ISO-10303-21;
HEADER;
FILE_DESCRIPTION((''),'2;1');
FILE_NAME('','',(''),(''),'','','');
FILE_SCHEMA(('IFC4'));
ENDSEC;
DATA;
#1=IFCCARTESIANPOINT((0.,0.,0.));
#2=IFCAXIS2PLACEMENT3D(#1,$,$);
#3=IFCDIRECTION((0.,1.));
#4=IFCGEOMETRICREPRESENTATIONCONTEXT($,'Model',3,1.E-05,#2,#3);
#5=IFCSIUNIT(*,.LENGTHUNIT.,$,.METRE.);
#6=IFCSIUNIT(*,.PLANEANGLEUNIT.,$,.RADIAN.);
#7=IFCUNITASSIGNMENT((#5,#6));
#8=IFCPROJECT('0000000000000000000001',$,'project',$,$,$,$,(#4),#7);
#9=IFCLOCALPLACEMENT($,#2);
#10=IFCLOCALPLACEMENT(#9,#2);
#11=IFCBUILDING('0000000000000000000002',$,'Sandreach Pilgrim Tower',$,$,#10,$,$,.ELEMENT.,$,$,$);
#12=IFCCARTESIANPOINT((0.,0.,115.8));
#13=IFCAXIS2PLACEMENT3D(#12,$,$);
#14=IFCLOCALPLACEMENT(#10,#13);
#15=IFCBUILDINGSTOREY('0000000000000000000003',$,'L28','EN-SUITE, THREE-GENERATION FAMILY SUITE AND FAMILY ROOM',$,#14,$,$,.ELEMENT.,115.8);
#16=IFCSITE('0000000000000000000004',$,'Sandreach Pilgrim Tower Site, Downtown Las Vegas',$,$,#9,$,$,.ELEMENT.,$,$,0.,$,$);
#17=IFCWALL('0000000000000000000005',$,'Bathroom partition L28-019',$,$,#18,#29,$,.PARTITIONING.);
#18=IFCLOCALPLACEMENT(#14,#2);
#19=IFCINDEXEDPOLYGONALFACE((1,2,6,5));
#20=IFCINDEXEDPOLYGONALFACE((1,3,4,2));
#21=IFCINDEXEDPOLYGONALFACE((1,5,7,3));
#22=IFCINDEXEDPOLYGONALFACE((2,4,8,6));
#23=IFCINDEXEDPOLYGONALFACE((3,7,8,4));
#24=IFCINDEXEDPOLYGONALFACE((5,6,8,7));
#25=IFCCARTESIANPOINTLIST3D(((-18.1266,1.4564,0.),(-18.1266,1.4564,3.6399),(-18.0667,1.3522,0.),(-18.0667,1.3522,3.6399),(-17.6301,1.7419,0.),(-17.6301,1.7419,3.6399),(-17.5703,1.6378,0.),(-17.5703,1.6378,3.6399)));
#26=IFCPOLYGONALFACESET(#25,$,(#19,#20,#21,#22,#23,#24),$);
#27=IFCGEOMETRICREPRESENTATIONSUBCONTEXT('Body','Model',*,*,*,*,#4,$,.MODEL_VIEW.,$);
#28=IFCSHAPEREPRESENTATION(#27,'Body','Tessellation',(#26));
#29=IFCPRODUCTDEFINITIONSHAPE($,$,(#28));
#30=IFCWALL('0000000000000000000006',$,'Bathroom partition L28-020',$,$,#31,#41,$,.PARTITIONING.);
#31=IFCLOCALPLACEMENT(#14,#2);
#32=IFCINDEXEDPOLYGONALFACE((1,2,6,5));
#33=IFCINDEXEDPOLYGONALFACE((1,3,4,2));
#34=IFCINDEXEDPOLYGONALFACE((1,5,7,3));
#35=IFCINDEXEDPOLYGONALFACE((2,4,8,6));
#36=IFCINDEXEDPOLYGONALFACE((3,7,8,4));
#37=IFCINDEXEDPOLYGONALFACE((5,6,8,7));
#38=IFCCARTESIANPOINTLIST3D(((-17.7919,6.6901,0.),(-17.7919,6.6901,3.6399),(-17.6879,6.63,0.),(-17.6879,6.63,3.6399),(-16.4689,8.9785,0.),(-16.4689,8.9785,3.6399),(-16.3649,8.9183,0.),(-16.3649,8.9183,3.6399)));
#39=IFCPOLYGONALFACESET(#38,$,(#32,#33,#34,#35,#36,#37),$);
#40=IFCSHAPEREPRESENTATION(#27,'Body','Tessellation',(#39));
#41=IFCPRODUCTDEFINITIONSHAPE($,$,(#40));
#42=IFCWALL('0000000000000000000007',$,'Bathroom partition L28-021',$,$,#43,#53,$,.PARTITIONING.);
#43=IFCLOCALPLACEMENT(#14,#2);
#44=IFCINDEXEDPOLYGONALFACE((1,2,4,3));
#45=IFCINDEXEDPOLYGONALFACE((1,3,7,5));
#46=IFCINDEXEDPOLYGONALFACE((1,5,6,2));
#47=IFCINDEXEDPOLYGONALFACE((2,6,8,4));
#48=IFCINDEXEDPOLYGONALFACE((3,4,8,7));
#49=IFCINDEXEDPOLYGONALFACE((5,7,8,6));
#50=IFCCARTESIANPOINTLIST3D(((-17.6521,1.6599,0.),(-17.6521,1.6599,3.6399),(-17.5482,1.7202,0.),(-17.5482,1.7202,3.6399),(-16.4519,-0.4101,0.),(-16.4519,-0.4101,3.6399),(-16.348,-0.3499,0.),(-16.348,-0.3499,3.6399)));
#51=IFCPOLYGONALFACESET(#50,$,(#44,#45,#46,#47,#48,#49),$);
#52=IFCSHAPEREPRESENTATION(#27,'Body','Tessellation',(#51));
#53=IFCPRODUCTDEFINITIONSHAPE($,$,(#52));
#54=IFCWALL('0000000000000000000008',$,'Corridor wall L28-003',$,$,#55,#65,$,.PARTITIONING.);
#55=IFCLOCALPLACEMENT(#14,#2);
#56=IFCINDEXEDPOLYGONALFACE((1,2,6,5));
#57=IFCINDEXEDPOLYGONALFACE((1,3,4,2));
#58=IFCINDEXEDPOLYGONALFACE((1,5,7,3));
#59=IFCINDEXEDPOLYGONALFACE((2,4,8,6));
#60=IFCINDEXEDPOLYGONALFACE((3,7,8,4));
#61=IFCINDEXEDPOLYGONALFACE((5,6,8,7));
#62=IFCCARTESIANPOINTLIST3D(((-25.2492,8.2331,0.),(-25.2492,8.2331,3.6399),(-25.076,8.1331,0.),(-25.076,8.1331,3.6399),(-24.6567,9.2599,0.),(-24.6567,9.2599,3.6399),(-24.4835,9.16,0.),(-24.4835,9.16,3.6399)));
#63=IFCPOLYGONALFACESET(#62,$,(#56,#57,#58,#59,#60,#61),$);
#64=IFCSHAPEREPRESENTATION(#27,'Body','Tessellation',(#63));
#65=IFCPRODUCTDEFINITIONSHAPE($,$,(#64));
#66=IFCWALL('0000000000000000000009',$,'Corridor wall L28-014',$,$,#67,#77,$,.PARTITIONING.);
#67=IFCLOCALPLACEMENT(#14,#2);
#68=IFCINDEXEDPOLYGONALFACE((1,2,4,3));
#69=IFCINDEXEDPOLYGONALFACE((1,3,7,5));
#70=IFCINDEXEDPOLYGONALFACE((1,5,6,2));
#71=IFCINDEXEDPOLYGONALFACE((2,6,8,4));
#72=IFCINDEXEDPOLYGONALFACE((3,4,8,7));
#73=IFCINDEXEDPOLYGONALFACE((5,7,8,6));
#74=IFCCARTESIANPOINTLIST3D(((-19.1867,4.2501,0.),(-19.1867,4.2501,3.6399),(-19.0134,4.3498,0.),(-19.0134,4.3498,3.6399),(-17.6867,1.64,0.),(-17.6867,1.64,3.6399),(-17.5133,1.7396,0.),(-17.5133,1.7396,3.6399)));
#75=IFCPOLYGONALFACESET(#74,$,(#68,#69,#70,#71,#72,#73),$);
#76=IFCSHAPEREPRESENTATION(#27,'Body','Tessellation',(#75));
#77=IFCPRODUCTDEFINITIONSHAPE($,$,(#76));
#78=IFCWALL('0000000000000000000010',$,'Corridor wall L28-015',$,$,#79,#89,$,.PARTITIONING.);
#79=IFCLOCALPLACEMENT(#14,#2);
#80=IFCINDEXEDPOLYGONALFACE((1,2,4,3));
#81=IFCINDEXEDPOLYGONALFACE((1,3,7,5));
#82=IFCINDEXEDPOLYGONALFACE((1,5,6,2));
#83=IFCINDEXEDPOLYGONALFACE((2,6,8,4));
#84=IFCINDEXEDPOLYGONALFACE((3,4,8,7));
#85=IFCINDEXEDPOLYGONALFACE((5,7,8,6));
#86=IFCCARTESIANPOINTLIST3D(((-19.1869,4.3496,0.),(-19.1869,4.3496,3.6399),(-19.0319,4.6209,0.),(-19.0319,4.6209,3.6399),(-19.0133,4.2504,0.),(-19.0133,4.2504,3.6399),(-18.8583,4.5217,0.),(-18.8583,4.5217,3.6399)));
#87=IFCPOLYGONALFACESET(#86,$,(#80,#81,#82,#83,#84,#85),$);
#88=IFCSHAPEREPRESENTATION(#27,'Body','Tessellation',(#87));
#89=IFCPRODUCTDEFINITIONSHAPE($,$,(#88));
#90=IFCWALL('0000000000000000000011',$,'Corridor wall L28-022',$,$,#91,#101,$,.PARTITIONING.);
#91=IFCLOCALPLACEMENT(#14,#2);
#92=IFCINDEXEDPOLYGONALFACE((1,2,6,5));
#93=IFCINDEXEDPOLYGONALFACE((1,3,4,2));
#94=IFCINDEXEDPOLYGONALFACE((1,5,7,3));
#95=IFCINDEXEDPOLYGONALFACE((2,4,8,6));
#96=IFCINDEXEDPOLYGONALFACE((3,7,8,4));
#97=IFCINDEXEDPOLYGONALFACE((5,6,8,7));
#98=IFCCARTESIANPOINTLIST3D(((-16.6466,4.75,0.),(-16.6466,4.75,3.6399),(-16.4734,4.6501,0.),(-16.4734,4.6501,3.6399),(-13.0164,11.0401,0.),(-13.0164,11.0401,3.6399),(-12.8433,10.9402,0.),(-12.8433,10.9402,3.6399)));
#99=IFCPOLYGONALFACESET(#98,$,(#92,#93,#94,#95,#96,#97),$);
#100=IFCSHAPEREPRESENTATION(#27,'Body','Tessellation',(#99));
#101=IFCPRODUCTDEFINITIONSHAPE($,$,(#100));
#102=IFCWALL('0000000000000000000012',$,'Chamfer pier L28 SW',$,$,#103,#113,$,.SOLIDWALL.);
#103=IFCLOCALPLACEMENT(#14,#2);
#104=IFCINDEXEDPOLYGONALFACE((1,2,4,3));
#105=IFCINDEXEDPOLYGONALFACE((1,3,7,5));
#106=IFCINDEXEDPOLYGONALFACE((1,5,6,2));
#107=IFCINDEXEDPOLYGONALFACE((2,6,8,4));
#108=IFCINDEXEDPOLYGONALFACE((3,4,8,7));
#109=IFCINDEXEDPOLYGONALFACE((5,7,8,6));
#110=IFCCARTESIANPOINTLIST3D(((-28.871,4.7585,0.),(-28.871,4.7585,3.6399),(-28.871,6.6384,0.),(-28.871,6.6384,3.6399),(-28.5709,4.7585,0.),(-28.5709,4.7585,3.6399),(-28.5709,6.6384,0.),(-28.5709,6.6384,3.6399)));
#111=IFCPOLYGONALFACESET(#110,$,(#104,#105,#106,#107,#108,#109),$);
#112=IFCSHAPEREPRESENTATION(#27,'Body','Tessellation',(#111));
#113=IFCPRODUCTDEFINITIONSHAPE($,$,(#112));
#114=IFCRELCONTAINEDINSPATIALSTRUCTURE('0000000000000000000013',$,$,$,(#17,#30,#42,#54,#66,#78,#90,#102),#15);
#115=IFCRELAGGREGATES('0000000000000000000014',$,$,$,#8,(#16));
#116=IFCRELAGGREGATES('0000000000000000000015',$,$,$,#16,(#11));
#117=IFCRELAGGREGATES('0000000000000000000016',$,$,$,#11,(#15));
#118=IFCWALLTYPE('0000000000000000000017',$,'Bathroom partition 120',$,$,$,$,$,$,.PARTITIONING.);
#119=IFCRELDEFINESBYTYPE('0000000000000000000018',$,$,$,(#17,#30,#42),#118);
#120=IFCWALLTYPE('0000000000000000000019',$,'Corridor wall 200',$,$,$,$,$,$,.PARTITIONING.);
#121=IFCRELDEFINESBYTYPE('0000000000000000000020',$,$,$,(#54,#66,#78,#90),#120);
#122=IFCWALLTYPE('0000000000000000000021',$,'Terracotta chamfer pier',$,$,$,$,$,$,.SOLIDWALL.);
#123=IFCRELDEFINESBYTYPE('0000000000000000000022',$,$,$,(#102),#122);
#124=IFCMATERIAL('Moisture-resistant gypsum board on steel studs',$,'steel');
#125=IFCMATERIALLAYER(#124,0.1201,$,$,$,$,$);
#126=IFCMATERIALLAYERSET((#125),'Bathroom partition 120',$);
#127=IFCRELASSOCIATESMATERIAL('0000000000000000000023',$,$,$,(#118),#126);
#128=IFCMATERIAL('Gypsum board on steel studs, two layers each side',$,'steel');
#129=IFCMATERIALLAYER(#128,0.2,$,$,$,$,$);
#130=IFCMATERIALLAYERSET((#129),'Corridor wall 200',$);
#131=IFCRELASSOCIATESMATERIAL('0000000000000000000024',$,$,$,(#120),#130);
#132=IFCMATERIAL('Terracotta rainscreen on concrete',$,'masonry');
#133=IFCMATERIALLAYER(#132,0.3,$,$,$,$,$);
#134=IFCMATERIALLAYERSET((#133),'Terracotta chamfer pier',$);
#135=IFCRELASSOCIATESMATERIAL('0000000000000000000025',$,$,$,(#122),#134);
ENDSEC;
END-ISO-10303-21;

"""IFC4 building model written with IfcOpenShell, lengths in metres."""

from ifc_helpers import new_model, si_unit, direction, frame, frame_2d, origin, place, context, subcontext, project, spatial, rectangle, extrude, material, layer, layer_set, type_object, element, save


model = new_model("IFC4")

# Units and contexts
model_context = context("Model", 3, precision=1e-05, world=origin(), true_north=direction((0.0, 1.0)))
body_context = subcontext(model_context, "Body", "Model", "MODEL_VIEW")
ifc_project = project(units=[si_unit("LENGTHUNIT", "METRE"), si_unit("PLANEANGLEUNIT", "RADIAN")], contexts=[model_context])

# Site, building, storey
site_placement = place(None, origin())
site = spatial("IfcSite", under=ifc_project, at=site_placement, Name="Sandreach Pilgrim Tower Site, Downtown Las Vegas", CompositionType="ELEMENT", RefElevation=0.0)
building_placement = place(site_placement, origin())
building = spatial("IfcBuilding", under=site, at=building_placement, Name="Sandreach Pilgrim Tower", CompositionType="ELEMENT")
storey_placement = place(building_placement, frame((0.0, 0.0, 115.8)))
storey = spatial("IfcBuildingStorey", under=building, at=storey_placement, Name="L28", Description="EN-SUITE, THREE-GENERATION FAMILY SUITE AND FAMILY ROOM", CompositionType="ELEMENT", Elevation=115.8)

# Shared definitions
ifc_material_1 = material(Name="Moisture-resistant gypsum board on steel studs", Category="steel")
ifc_layer_1 = layer(ifc_material_1, 0.1201)
ifc_layer_set_1 = layer_set([ifc_layer_1], Name="Bathroom partition 120")
wall_type_1 = type_object("IfcWallType", Name="Bathroom partition 120", PredefinedType="PARTITIONING", material=ifc_layer_set_1)

# Walls
wall_1_placement = place(storey_placement, frame((-18.0967, 1.4043, 0.0), z_axis=(0.0, 0.0, 1.0), x_axis=(0.866823, 0.498615, 0.0)))
element("IfcWall", 1, at=wall_1_placement, inside=storey, type_object=wall_type_1, Name="Bathroom partition L28-019", PredefinedType="PARTITIONING", context=body_context, shape_type="SweptSolid", body=[
    extrude(rectangle(XDim=0.5728, YDim=0.1201, at=frame_2d((0.2864, 0.0))), origin(), (0.0, 0.0, 1.0), 3.6399),
])
wall_2_placement = place(storey_placement, frame((-17.74, 6.6599, 0.0), z_axis=(0.0, 0.0, 1.0), x_axis=(0.500519, 0.865725, 0.0)))
element("IfcWall", 2, at=wall_2_placement, inside=storey, type_object=wall_type_1, Name="Bathroom partition L28-020", PredefinedType="PARTITIONING", context=body_context, shape_type="SweptSolid", body=[
    extrude(rectangle(XDim=2.6433, YDim=0.1201, at=frame_2d((1.3218, 0.0))), origin(), (0.0, 0.0, 1.0), 3.6399),
])
wall_3_placement = place(storey_placement, frame((-17.6001, 1.6899, 0.0), z_axis=(0.0, 0.0, 1.0), x_axis=(0.501579, -0.865112, 0.0)))
element("IfcWall", 3, at=wall_3_placement, inside=storey, type_object=wall_type_1, Name="Bathroom partition L28-021", PredefinedType="PARTITIONING", context=body_context, shape_type="SweptSolid", body=[
    extrude(rectangle(XDim=2.3928, YDim=0.1201, at=frame_2d((1.1963, 0.0))), origin(), (0.0, 0.0, 1.0), 3.6399),
])

# Shared definitions
ifc_material_2 = material(Name="Gypsum board on steel studs, two layers each side", Category="steel")
ifc_layer_2 = layer(ifc_material_2, 0.2)
ifc_layer_set_2 = layer_set([ifc_layer_2], Name="Corridor wall 200")
wall_type_2 = type_object("IfcWallType", Name="Corridor wall 200", PredefinedType="PARTITIONING", material=ifc_layer_set_2)

# Walls
wall_4_placement = place(storey_placement, frame((-25.1626, 8.1831, 0.0), z_axis=(0.0, 0.0, 1.0), x_axis=(0.499794, 0.866144, 0.0)))
element("IfcWall", 4, at=wall_4_placement, inside=storey, type_object=wall_type_2, Name="Corridor wall L28-003", PredefinedType="PARTITIONING", context=body_context, shape_type="SweptSolid", body=[
    extrude(rectangle(XDim=1.1855, YDim=0.2, at=frame_2d((0.5928, 0.0))), origin(), (0.0, 0.0, 1.0), 3.6399),
])
wall_5_placement = place(storey_placement, frame((-19.1001, 4.3, 0.0), z_axis=(0.0, 0.0, 1.0), x_axis=(0.498268, -0.867023, 0.0)))
element("IfcWall", 5, at=wall_5_placement, inside=storey, type_object=wall_type_2, Name="Corridor wall L28-014", PredefinedType="PARTITIONING", context=body_context, shape_type="SweptSolid", body=[
    extrude(rectangle(XDim=3.0105, YDim=0.2, at=frame_2d((1.5054, 0.0))), origin(), (0.0, 0.0, 1.0), 3.6399),
])
wall_6_placement = place(storey_placement, frame((-18.9451, 4.5713, 0.0), z_axis=(0.0, 0.0, 1.0), x_axis=(-0.496223, -0.868195, 0.0)))
element("IfcWall", 6, at=wall_6_placement, inside=storey, type_object=wall_type_2, Name="Corridor wall L28-015", PredefinedType="PARTITIONING", context=body_context, shape_type="SweptSolid", body=[
    extrude(rectangle(XDim=0.3125, YDim=0.2, at=frame_2d((0.1562, 0.0))), origin(), (0.0, 0.0, 1.0), 3.6399),
])
wall_7_placement = place(storey_placement, frame((-16.5601, 4.7, 0.0), z_axis=(0.0, 0.0, 1.0), x_axis=(0.499852, 0.866111, 0.0)))
element("IfcWall", 7, at=wall_7_placement, inside=storey, type_object=wall_type_2, Name="Corridor wall L28-022", PredefinedType="PARTITIONING", context=body_context, shape_type="SweptSolid", body=[
    extrude(rectangle(XDim=7.2625, YDim=0.2, at=frame_2d((3.6313, 0.0))), origin(), (0.0, 0.0, 1.0), 3.6399),
])
ifc_material_3 = material(Name="Terracotta rainscreen on concrete", Category="masonry")
ifc_layer_3 = layer(ifc_material_3, 0.3)
ifc_layer_set_3 = layer_set([ifc_layer_3], Name="Terracotta chamfer pier")
wall_type_3 = type_object("IfcWallType", Name="Terracotta chamfer pier", PredefinedType="SOLIDWALL", material=ifc_layer_set_3)
wall_8_placement = place(storey_placement, frame((-28.7209, 4.7585, 0.0), z_axis=(0.0, 0.0, 1.0), x_axis=(0.0, 1.0, 0.0)))
element("IfcWall", 8, at=wall_8_placement, inside=storey, type_object=wall_type_3, Name="Chamfer pier L28 SW", PredefinedType="SOLIDWALL", context=body_context, shape_type="SweptSolid", body=[
    extrude(rectangle(XDim=1.8799, YDim=0.3, at=frame_2d((0.9399, 0.0))), origin(), (0.0, 0.0, 1.0), 3.6399),
])

save(model, "model.ifc")
